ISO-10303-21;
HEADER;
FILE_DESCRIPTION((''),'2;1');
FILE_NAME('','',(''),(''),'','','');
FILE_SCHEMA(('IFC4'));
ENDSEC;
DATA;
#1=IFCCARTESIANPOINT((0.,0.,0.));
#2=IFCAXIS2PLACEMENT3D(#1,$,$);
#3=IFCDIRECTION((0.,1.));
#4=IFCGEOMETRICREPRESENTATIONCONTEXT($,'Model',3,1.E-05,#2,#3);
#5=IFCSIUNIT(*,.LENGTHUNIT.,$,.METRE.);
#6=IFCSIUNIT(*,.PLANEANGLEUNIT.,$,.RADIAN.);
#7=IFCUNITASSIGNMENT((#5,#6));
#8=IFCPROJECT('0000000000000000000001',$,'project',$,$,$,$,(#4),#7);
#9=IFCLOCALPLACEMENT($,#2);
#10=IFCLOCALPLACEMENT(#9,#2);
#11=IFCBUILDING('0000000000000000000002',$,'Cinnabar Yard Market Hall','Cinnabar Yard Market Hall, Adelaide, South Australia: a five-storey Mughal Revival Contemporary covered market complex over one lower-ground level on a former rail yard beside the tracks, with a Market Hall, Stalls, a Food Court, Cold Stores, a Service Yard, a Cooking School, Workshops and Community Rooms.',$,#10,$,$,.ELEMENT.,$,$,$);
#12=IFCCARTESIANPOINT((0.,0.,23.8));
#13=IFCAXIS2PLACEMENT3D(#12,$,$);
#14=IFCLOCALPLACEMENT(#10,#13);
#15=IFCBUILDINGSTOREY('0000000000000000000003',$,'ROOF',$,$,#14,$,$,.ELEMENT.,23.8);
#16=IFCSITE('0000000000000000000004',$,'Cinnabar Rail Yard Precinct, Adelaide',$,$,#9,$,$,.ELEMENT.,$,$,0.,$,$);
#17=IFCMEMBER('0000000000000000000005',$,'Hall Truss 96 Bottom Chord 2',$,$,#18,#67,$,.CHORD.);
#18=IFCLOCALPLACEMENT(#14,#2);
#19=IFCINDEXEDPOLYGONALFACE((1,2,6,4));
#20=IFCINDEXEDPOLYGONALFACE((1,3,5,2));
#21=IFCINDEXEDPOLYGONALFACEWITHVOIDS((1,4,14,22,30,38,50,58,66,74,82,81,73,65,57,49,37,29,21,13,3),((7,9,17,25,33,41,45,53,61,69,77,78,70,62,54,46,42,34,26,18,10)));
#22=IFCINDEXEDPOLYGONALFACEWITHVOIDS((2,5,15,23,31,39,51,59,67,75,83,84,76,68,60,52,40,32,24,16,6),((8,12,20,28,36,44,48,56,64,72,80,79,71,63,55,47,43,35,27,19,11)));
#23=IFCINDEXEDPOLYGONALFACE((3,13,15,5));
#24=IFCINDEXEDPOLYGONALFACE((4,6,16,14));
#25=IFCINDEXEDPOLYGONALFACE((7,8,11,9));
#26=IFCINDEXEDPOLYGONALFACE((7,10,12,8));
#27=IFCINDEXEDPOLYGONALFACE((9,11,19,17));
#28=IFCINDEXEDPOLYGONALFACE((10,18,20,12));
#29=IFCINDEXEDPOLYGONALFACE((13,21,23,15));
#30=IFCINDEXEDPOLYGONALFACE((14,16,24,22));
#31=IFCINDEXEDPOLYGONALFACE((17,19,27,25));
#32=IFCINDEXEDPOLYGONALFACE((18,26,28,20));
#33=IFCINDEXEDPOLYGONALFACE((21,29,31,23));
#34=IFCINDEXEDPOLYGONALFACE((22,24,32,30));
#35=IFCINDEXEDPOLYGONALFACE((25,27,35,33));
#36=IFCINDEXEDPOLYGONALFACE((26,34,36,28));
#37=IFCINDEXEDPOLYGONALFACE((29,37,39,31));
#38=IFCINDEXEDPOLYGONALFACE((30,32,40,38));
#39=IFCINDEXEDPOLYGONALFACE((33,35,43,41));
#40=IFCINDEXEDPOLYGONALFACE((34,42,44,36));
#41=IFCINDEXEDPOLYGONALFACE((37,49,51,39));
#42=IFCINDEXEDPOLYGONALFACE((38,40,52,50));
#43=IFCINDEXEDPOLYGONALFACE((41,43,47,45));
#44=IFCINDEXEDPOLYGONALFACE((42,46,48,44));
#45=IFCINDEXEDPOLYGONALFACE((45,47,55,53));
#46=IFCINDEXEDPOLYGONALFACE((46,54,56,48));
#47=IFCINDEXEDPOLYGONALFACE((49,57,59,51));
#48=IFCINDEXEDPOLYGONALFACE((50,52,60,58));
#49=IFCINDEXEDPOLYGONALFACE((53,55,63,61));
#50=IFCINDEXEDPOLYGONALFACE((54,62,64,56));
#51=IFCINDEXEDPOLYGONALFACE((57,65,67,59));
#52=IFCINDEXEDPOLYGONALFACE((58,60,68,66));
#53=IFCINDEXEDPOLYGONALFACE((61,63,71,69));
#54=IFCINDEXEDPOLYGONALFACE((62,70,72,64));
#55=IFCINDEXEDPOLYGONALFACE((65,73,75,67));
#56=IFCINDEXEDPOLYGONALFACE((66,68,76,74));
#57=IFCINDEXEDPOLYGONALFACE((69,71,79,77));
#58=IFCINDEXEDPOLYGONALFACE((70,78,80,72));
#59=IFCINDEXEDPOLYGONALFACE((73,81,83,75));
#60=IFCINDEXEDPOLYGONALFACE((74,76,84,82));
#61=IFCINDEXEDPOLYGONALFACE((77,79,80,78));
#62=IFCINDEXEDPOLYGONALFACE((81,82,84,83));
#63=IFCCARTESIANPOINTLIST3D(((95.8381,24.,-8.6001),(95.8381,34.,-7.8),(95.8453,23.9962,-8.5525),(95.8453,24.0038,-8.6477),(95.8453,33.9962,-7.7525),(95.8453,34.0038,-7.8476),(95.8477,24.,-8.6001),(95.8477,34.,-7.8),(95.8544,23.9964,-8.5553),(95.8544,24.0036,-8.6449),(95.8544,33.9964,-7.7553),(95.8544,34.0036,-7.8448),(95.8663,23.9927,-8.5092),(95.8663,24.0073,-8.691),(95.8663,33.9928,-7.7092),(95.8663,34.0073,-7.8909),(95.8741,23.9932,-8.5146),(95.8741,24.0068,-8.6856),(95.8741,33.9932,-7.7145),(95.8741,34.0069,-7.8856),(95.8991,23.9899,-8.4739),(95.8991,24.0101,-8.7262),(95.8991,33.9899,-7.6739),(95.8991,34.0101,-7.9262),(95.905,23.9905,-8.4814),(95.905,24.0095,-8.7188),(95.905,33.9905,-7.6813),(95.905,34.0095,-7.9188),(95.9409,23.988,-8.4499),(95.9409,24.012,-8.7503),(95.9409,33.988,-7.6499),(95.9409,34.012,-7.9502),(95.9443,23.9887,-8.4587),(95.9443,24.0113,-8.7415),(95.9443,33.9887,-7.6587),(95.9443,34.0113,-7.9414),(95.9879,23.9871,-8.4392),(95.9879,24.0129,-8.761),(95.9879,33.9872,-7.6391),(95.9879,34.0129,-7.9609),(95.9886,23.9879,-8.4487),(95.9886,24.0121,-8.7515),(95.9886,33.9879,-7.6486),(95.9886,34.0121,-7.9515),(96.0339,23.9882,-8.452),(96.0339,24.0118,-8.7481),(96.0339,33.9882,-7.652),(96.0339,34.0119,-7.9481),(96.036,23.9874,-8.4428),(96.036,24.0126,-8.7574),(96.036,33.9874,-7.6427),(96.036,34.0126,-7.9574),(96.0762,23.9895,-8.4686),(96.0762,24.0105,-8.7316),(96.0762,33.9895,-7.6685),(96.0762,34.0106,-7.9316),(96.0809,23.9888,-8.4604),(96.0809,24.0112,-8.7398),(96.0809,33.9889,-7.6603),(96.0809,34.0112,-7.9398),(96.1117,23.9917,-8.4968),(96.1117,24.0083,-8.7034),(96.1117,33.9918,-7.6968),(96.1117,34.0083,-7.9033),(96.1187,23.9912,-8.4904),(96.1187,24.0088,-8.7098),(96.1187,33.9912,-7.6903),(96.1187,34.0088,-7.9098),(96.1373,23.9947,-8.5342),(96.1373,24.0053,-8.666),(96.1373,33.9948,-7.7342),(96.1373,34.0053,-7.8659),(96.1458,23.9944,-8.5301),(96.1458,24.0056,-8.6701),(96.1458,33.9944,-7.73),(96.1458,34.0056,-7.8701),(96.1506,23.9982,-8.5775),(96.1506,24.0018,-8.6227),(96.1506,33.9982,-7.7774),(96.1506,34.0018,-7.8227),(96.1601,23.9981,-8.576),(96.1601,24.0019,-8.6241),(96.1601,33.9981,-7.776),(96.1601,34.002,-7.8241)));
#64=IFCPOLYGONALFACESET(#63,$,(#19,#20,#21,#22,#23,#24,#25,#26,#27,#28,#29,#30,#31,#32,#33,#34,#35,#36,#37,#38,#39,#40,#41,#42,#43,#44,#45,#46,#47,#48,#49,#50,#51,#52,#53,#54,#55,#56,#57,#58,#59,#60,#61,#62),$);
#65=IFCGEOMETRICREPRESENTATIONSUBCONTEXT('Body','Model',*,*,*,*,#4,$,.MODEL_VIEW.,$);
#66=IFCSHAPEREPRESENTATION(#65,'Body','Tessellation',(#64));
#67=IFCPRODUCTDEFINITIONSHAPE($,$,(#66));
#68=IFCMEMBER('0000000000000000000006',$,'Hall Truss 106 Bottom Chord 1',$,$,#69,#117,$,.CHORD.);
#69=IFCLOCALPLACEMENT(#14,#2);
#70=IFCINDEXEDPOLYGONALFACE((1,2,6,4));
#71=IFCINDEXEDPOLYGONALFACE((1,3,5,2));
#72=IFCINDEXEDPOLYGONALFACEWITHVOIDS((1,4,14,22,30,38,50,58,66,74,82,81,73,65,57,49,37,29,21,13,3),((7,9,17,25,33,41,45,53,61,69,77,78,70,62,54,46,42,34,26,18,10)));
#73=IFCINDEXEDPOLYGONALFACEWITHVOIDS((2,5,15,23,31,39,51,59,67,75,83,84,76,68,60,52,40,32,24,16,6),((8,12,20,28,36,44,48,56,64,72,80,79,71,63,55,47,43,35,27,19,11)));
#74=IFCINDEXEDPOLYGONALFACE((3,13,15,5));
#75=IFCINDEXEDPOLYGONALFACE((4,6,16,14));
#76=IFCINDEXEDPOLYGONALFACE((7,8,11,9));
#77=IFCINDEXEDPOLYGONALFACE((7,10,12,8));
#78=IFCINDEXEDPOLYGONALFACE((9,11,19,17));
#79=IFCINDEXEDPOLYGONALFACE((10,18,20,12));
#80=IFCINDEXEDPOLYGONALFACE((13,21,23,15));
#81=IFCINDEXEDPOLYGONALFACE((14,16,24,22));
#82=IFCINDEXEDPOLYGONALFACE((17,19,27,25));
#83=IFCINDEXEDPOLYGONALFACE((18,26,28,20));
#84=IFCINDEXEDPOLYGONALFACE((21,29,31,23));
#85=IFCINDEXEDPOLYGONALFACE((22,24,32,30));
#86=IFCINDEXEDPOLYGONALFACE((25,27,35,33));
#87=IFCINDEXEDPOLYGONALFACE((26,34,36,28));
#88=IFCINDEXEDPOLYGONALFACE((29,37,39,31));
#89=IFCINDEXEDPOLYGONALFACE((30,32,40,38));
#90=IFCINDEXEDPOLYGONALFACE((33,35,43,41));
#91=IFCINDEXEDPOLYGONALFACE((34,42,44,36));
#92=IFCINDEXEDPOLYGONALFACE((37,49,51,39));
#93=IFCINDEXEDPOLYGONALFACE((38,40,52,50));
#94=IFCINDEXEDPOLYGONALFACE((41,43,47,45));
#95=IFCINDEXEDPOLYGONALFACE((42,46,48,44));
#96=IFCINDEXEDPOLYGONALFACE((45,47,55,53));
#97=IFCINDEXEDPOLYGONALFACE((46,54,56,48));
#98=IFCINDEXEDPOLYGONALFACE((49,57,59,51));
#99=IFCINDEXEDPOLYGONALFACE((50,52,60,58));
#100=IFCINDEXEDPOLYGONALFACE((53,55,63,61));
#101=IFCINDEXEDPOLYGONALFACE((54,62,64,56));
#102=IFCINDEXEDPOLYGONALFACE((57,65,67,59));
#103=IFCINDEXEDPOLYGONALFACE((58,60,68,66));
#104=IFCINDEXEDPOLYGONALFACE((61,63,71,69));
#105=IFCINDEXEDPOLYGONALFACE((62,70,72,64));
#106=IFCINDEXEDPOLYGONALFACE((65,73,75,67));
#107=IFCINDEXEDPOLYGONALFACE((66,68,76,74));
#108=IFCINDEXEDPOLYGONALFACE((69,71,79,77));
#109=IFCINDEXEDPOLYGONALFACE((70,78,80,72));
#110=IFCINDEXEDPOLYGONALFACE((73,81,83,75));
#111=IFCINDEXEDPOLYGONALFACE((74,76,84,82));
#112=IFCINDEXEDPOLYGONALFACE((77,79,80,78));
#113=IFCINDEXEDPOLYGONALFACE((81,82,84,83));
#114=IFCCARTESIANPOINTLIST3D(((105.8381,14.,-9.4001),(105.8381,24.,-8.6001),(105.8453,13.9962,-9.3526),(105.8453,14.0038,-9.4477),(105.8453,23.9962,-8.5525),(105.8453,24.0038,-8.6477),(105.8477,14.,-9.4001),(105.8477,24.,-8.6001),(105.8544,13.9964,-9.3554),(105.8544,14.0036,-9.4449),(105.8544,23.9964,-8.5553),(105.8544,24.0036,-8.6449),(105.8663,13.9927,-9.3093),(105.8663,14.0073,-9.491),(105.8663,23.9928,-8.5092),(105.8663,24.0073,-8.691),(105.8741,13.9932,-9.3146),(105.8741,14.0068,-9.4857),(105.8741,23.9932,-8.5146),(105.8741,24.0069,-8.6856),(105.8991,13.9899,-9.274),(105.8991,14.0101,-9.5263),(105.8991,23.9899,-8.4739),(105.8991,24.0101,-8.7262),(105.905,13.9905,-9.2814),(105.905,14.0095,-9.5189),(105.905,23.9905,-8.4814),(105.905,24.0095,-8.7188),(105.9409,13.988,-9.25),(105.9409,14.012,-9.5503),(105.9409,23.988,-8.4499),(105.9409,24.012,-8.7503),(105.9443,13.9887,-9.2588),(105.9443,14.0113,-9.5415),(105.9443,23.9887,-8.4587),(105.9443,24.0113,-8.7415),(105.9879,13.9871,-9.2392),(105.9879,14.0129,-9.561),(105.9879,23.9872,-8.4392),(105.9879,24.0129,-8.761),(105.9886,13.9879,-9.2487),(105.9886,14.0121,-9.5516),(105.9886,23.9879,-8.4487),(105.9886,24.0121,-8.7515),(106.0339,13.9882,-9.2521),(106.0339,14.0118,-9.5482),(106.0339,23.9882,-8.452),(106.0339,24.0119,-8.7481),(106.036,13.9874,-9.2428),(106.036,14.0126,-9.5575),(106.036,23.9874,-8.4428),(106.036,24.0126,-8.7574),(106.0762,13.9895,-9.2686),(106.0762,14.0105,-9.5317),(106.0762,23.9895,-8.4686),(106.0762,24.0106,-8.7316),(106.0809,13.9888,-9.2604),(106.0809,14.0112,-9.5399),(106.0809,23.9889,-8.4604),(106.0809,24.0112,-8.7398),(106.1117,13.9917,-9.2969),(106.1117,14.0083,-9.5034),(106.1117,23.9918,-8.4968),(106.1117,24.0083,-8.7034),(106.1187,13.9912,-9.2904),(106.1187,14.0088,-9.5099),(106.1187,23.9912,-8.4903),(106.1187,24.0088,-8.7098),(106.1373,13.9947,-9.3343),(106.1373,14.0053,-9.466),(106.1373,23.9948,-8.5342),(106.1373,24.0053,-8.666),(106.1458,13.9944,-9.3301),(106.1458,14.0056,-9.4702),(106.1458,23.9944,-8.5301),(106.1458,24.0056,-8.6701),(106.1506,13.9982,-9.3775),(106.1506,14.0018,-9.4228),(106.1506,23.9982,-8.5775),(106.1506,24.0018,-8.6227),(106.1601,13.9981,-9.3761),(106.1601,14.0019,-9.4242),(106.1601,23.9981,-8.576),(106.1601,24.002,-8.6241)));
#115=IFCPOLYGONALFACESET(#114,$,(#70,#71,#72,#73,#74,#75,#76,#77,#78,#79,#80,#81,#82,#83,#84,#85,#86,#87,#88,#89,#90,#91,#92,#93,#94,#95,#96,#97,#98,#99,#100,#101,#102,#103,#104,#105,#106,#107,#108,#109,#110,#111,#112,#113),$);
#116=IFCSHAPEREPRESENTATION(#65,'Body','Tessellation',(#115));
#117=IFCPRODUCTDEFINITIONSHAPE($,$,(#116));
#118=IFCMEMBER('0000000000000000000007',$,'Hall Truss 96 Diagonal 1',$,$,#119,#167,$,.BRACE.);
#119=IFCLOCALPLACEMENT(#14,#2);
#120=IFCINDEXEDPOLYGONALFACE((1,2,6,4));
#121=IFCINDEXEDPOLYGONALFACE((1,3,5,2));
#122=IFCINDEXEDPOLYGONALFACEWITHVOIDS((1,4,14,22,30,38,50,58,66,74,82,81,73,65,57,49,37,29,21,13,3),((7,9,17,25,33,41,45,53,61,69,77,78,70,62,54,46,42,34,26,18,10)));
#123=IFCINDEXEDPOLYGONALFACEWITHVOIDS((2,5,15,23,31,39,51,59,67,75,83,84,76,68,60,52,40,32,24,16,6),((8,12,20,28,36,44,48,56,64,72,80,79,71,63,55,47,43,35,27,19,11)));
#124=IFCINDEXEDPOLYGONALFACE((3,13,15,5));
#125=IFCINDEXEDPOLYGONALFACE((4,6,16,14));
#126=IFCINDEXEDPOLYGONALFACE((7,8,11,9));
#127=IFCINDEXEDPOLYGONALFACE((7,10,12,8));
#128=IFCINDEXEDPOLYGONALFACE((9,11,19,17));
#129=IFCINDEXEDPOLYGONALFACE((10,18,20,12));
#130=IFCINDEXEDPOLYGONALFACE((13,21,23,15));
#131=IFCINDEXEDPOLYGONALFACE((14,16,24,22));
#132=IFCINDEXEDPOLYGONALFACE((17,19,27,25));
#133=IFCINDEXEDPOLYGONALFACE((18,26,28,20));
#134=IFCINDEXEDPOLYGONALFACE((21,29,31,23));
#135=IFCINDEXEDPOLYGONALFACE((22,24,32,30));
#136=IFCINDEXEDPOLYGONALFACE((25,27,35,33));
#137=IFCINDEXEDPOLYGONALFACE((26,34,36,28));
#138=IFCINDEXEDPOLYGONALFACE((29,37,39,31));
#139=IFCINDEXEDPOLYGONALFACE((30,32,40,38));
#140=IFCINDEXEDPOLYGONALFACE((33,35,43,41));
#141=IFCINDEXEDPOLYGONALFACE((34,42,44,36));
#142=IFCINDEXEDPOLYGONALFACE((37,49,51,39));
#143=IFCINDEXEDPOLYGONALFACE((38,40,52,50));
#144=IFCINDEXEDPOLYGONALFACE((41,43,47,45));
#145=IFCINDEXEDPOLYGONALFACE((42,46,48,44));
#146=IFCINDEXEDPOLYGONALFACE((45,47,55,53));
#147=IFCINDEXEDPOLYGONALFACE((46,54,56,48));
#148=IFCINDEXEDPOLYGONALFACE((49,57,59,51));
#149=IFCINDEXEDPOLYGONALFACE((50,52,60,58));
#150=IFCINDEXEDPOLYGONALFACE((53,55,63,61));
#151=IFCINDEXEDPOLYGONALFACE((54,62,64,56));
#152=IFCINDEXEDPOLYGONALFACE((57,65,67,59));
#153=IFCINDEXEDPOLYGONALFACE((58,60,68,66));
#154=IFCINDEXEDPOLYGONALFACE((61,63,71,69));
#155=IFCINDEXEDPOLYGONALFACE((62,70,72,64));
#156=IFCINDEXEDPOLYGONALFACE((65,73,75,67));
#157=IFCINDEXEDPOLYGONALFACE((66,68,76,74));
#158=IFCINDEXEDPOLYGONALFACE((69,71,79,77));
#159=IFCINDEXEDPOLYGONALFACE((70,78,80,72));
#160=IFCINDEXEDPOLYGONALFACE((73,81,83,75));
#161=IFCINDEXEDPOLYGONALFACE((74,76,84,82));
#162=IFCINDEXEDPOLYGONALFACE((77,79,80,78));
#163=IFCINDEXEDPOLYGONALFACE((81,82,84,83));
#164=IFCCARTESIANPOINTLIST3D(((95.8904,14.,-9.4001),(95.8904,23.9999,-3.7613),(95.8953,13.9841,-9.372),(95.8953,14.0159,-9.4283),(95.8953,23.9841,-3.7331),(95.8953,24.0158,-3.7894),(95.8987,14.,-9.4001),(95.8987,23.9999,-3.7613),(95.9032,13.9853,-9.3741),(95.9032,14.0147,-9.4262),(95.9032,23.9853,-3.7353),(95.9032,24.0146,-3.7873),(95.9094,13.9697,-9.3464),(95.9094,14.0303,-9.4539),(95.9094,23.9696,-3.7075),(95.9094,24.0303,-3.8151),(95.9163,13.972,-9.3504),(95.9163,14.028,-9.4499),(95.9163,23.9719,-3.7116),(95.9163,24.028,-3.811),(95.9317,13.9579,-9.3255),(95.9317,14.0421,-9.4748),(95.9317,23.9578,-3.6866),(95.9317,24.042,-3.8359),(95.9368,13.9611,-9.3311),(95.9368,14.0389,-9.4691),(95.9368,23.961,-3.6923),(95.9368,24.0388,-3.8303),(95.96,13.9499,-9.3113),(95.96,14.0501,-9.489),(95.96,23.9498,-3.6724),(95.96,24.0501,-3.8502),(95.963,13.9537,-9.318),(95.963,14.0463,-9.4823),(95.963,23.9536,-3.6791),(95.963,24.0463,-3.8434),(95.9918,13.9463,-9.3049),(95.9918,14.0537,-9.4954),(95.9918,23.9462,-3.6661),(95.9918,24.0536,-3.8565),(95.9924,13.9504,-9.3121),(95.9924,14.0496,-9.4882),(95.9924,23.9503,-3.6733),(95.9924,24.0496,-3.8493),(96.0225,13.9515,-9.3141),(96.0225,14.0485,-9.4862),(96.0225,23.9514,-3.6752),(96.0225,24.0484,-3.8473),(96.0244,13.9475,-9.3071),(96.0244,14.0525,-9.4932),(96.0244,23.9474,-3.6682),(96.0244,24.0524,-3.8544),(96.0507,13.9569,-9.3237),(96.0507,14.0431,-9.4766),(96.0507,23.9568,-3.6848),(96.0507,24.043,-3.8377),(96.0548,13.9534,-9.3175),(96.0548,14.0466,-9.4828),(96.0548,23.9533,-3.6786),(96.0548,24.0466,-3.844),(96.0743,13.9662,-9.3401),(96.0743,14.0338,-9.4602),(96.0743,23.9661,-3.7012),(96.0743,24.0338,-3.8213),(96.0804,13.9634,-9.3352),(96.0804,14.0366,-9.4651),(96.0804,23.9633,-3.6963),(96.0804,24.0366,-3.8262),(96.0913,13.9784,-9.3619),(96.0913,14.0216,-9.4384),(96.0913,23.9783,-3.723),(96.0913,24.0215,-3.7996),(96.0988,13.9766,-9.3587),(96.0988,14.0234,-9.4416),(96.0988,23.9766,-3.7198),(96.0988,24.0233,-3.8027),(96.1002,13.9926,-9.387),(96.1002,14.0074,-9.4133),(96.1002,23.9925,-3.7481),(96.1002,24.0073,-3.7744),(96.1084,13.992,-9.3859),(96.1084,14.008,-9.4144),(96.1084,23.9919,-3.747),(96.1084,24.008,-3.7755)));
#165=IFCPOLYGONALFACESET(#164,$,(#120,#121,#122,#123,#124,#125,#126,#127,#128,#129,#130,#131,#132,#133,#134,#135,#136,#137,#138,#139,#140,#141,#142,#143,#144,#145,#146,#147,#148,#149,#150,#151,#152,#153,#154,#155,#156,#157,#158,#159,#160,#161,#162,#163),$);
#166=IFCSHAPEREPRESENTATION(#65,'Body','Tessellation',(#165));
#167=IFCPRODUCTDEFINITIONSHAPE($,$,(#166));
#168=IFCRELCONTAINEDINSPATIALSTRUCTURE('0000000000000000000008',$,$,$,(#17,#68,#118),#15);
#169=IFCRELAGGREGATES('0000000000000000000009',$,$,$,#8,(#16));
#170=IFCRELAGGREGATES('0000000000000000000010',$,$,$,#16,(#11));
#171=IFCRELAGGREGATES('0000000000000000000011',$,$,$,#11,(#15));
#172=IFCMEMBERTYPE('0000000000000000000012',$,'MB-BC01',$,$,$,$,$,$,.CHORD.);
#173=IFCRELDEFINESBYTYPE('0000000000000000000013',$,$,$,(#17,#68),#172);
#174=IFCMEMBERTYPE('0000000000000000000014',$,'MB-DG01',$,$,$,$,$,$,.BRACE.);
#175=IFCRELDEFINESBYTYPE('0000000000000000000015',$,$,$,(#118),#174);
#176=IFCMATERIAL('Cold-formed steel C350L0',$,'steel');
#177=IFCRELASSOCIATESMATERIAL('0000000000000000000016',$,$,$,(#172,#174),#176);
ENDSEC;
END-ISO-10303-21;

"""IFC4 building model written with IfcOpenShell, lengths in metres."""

from ifc_helpers import new_model, si_unit, direction, frame, origin, origin_2d_with_axis, place, context, subcontext, project, spatial, hollow_circle, extrude, material, material_profile, profile_set, type_object, element, save


model = new_model("IFC4")

# Units and contexts
model_context = context("Model", 3, precision=1e-05, world=origin(), true_north=direction((0.0, 1.0)))
body_context = subcontext(model_context, "Body", "Model", "MODEL_VIEW")
ifc_project = project(units=[si_unit("LENGTHUNIT", "METRE"), si_unit("PLANEANGLEUNIT", "RADIAN")], contexts=[model_context])

# Site, building, storey
site_placement = place(None, origin())
site = spatial("IfcSite", under=ifc_project, at=site_placement, Name="Cinnabar Rail Yard Precinct, Adelaide", CompositionType="ELEMENT", RefElevation=0.0)
building_placement = place(site_placement, origin())
building = spatial("IfcBuilding", under=site, at=building_placement, Name="Cinnabar Yard Market Hall", Description="Cinnabar Yard Market Hall, Adelaide, South Australia: a five-storey Mughal Revival Contemporary covered market complex over one lower-ground level on a former rail yard beside the tracks, with a Market Hall, Stalls, a Food Court, Cold Stores, a Service Yard, a Cooking School, Workshops and Community Rooms.", CompositionType="ELEMENT")
storey_placement = place(building_placement, frame((0.0, 0.0, 23.8)))
storey = spatial("IfcBuildingStorey", under=building, at=storey_placement, Name="ROOF", CompositionType="ELEMENT", Elevation=23.8)

# Shared definitions
ifc_material_1 = material(Name="Cold-formed steel C350L0", Category="steel")

# Members
ifc_material_profile_1 = material_profile(ifc_material_1, hollow_circle(Radius=0.1619, WallThickness=0.0095, at=origin_2d_with_axis()), Name="323.9x9.5CHS")
ifc_profile_set_1 = profile_set([ifc_material_profile_1], Name="Cold-formed steel C350L0")
member_type_1 = type_object("IfcMemberType", Name="MB-BC01", PredefinedType="CHORD", material=ifc_profile_set_1)
for number, where, z_axis, x_axis, name in (
    (1, (96.0, 24.0, -8.6001), (0.0, 0.996815, 0.07975), (-1.0, 0.0, 0.0), "Hall Truss 96 Bottom Chord 2"),
    (2, (106.0, 14.0, -9.4001), (0.0, 0.996815, 0.07975), (-1.0, 0.0, 0.0), "Hall Truss 106 Bottom Chord 1"),
):
    element("IfcMember", number, at=place(storey_placement, frame(where, z_axis=z_axis, x_axis=x_axis)), inside=storey, type_object=member_type_1, Name=name, PredefinedType="CHORD", context=body_context, shape_type="SweptSolid", body=[
        extrude(hollow_circle(Radius=0.1619, WallThickness=0.0095, at=origin_2d_with_axis()), origin(), (0.0, 0.0, 1.0), 10.032),
    ])
ifc_material_profile_2 = material_profile(ifc_material_1, hollow_circle(Radius=0.1096, WallThickness=0.0083, at=origin_2d_with_axis()), Name="219.1x8.2CHS")
ifc_profile_set_2 = profile_set([ifc_material_profile_2], Name="Cold-formed steel C350L0")
member_type_2 = type_object("IfcMemberType", Name="MB-DG01", PredefinedType="BRACE", material=ifc_profile_set_2)
for number, where, z_axis, x_axis, name in (
    (3, (96.0, 14.0, -9.4001), (0.0, 0.871057, 0.491182), (-1.0, 0.0, 0.0), "Hall Truss 96 Diagonal 1"),
):
    element("IfcMember", number, at=place(storey_placement, frame(where, z_axis=z_axis, x_axis=x_axis)), inside=storey, type_object=member_type_2, Name=name, PredefinedType="BRACE", context=body_context, shape_type="SweptSolid", body=[
        extrude(hollow_circle(Radius=0.1096, WallThickness=0.0083, at=origin_2d_with_axis()), origin(), (0.0, 0.0, 1.0), 11.4802),
    ])

save(model, "model.ifc")
